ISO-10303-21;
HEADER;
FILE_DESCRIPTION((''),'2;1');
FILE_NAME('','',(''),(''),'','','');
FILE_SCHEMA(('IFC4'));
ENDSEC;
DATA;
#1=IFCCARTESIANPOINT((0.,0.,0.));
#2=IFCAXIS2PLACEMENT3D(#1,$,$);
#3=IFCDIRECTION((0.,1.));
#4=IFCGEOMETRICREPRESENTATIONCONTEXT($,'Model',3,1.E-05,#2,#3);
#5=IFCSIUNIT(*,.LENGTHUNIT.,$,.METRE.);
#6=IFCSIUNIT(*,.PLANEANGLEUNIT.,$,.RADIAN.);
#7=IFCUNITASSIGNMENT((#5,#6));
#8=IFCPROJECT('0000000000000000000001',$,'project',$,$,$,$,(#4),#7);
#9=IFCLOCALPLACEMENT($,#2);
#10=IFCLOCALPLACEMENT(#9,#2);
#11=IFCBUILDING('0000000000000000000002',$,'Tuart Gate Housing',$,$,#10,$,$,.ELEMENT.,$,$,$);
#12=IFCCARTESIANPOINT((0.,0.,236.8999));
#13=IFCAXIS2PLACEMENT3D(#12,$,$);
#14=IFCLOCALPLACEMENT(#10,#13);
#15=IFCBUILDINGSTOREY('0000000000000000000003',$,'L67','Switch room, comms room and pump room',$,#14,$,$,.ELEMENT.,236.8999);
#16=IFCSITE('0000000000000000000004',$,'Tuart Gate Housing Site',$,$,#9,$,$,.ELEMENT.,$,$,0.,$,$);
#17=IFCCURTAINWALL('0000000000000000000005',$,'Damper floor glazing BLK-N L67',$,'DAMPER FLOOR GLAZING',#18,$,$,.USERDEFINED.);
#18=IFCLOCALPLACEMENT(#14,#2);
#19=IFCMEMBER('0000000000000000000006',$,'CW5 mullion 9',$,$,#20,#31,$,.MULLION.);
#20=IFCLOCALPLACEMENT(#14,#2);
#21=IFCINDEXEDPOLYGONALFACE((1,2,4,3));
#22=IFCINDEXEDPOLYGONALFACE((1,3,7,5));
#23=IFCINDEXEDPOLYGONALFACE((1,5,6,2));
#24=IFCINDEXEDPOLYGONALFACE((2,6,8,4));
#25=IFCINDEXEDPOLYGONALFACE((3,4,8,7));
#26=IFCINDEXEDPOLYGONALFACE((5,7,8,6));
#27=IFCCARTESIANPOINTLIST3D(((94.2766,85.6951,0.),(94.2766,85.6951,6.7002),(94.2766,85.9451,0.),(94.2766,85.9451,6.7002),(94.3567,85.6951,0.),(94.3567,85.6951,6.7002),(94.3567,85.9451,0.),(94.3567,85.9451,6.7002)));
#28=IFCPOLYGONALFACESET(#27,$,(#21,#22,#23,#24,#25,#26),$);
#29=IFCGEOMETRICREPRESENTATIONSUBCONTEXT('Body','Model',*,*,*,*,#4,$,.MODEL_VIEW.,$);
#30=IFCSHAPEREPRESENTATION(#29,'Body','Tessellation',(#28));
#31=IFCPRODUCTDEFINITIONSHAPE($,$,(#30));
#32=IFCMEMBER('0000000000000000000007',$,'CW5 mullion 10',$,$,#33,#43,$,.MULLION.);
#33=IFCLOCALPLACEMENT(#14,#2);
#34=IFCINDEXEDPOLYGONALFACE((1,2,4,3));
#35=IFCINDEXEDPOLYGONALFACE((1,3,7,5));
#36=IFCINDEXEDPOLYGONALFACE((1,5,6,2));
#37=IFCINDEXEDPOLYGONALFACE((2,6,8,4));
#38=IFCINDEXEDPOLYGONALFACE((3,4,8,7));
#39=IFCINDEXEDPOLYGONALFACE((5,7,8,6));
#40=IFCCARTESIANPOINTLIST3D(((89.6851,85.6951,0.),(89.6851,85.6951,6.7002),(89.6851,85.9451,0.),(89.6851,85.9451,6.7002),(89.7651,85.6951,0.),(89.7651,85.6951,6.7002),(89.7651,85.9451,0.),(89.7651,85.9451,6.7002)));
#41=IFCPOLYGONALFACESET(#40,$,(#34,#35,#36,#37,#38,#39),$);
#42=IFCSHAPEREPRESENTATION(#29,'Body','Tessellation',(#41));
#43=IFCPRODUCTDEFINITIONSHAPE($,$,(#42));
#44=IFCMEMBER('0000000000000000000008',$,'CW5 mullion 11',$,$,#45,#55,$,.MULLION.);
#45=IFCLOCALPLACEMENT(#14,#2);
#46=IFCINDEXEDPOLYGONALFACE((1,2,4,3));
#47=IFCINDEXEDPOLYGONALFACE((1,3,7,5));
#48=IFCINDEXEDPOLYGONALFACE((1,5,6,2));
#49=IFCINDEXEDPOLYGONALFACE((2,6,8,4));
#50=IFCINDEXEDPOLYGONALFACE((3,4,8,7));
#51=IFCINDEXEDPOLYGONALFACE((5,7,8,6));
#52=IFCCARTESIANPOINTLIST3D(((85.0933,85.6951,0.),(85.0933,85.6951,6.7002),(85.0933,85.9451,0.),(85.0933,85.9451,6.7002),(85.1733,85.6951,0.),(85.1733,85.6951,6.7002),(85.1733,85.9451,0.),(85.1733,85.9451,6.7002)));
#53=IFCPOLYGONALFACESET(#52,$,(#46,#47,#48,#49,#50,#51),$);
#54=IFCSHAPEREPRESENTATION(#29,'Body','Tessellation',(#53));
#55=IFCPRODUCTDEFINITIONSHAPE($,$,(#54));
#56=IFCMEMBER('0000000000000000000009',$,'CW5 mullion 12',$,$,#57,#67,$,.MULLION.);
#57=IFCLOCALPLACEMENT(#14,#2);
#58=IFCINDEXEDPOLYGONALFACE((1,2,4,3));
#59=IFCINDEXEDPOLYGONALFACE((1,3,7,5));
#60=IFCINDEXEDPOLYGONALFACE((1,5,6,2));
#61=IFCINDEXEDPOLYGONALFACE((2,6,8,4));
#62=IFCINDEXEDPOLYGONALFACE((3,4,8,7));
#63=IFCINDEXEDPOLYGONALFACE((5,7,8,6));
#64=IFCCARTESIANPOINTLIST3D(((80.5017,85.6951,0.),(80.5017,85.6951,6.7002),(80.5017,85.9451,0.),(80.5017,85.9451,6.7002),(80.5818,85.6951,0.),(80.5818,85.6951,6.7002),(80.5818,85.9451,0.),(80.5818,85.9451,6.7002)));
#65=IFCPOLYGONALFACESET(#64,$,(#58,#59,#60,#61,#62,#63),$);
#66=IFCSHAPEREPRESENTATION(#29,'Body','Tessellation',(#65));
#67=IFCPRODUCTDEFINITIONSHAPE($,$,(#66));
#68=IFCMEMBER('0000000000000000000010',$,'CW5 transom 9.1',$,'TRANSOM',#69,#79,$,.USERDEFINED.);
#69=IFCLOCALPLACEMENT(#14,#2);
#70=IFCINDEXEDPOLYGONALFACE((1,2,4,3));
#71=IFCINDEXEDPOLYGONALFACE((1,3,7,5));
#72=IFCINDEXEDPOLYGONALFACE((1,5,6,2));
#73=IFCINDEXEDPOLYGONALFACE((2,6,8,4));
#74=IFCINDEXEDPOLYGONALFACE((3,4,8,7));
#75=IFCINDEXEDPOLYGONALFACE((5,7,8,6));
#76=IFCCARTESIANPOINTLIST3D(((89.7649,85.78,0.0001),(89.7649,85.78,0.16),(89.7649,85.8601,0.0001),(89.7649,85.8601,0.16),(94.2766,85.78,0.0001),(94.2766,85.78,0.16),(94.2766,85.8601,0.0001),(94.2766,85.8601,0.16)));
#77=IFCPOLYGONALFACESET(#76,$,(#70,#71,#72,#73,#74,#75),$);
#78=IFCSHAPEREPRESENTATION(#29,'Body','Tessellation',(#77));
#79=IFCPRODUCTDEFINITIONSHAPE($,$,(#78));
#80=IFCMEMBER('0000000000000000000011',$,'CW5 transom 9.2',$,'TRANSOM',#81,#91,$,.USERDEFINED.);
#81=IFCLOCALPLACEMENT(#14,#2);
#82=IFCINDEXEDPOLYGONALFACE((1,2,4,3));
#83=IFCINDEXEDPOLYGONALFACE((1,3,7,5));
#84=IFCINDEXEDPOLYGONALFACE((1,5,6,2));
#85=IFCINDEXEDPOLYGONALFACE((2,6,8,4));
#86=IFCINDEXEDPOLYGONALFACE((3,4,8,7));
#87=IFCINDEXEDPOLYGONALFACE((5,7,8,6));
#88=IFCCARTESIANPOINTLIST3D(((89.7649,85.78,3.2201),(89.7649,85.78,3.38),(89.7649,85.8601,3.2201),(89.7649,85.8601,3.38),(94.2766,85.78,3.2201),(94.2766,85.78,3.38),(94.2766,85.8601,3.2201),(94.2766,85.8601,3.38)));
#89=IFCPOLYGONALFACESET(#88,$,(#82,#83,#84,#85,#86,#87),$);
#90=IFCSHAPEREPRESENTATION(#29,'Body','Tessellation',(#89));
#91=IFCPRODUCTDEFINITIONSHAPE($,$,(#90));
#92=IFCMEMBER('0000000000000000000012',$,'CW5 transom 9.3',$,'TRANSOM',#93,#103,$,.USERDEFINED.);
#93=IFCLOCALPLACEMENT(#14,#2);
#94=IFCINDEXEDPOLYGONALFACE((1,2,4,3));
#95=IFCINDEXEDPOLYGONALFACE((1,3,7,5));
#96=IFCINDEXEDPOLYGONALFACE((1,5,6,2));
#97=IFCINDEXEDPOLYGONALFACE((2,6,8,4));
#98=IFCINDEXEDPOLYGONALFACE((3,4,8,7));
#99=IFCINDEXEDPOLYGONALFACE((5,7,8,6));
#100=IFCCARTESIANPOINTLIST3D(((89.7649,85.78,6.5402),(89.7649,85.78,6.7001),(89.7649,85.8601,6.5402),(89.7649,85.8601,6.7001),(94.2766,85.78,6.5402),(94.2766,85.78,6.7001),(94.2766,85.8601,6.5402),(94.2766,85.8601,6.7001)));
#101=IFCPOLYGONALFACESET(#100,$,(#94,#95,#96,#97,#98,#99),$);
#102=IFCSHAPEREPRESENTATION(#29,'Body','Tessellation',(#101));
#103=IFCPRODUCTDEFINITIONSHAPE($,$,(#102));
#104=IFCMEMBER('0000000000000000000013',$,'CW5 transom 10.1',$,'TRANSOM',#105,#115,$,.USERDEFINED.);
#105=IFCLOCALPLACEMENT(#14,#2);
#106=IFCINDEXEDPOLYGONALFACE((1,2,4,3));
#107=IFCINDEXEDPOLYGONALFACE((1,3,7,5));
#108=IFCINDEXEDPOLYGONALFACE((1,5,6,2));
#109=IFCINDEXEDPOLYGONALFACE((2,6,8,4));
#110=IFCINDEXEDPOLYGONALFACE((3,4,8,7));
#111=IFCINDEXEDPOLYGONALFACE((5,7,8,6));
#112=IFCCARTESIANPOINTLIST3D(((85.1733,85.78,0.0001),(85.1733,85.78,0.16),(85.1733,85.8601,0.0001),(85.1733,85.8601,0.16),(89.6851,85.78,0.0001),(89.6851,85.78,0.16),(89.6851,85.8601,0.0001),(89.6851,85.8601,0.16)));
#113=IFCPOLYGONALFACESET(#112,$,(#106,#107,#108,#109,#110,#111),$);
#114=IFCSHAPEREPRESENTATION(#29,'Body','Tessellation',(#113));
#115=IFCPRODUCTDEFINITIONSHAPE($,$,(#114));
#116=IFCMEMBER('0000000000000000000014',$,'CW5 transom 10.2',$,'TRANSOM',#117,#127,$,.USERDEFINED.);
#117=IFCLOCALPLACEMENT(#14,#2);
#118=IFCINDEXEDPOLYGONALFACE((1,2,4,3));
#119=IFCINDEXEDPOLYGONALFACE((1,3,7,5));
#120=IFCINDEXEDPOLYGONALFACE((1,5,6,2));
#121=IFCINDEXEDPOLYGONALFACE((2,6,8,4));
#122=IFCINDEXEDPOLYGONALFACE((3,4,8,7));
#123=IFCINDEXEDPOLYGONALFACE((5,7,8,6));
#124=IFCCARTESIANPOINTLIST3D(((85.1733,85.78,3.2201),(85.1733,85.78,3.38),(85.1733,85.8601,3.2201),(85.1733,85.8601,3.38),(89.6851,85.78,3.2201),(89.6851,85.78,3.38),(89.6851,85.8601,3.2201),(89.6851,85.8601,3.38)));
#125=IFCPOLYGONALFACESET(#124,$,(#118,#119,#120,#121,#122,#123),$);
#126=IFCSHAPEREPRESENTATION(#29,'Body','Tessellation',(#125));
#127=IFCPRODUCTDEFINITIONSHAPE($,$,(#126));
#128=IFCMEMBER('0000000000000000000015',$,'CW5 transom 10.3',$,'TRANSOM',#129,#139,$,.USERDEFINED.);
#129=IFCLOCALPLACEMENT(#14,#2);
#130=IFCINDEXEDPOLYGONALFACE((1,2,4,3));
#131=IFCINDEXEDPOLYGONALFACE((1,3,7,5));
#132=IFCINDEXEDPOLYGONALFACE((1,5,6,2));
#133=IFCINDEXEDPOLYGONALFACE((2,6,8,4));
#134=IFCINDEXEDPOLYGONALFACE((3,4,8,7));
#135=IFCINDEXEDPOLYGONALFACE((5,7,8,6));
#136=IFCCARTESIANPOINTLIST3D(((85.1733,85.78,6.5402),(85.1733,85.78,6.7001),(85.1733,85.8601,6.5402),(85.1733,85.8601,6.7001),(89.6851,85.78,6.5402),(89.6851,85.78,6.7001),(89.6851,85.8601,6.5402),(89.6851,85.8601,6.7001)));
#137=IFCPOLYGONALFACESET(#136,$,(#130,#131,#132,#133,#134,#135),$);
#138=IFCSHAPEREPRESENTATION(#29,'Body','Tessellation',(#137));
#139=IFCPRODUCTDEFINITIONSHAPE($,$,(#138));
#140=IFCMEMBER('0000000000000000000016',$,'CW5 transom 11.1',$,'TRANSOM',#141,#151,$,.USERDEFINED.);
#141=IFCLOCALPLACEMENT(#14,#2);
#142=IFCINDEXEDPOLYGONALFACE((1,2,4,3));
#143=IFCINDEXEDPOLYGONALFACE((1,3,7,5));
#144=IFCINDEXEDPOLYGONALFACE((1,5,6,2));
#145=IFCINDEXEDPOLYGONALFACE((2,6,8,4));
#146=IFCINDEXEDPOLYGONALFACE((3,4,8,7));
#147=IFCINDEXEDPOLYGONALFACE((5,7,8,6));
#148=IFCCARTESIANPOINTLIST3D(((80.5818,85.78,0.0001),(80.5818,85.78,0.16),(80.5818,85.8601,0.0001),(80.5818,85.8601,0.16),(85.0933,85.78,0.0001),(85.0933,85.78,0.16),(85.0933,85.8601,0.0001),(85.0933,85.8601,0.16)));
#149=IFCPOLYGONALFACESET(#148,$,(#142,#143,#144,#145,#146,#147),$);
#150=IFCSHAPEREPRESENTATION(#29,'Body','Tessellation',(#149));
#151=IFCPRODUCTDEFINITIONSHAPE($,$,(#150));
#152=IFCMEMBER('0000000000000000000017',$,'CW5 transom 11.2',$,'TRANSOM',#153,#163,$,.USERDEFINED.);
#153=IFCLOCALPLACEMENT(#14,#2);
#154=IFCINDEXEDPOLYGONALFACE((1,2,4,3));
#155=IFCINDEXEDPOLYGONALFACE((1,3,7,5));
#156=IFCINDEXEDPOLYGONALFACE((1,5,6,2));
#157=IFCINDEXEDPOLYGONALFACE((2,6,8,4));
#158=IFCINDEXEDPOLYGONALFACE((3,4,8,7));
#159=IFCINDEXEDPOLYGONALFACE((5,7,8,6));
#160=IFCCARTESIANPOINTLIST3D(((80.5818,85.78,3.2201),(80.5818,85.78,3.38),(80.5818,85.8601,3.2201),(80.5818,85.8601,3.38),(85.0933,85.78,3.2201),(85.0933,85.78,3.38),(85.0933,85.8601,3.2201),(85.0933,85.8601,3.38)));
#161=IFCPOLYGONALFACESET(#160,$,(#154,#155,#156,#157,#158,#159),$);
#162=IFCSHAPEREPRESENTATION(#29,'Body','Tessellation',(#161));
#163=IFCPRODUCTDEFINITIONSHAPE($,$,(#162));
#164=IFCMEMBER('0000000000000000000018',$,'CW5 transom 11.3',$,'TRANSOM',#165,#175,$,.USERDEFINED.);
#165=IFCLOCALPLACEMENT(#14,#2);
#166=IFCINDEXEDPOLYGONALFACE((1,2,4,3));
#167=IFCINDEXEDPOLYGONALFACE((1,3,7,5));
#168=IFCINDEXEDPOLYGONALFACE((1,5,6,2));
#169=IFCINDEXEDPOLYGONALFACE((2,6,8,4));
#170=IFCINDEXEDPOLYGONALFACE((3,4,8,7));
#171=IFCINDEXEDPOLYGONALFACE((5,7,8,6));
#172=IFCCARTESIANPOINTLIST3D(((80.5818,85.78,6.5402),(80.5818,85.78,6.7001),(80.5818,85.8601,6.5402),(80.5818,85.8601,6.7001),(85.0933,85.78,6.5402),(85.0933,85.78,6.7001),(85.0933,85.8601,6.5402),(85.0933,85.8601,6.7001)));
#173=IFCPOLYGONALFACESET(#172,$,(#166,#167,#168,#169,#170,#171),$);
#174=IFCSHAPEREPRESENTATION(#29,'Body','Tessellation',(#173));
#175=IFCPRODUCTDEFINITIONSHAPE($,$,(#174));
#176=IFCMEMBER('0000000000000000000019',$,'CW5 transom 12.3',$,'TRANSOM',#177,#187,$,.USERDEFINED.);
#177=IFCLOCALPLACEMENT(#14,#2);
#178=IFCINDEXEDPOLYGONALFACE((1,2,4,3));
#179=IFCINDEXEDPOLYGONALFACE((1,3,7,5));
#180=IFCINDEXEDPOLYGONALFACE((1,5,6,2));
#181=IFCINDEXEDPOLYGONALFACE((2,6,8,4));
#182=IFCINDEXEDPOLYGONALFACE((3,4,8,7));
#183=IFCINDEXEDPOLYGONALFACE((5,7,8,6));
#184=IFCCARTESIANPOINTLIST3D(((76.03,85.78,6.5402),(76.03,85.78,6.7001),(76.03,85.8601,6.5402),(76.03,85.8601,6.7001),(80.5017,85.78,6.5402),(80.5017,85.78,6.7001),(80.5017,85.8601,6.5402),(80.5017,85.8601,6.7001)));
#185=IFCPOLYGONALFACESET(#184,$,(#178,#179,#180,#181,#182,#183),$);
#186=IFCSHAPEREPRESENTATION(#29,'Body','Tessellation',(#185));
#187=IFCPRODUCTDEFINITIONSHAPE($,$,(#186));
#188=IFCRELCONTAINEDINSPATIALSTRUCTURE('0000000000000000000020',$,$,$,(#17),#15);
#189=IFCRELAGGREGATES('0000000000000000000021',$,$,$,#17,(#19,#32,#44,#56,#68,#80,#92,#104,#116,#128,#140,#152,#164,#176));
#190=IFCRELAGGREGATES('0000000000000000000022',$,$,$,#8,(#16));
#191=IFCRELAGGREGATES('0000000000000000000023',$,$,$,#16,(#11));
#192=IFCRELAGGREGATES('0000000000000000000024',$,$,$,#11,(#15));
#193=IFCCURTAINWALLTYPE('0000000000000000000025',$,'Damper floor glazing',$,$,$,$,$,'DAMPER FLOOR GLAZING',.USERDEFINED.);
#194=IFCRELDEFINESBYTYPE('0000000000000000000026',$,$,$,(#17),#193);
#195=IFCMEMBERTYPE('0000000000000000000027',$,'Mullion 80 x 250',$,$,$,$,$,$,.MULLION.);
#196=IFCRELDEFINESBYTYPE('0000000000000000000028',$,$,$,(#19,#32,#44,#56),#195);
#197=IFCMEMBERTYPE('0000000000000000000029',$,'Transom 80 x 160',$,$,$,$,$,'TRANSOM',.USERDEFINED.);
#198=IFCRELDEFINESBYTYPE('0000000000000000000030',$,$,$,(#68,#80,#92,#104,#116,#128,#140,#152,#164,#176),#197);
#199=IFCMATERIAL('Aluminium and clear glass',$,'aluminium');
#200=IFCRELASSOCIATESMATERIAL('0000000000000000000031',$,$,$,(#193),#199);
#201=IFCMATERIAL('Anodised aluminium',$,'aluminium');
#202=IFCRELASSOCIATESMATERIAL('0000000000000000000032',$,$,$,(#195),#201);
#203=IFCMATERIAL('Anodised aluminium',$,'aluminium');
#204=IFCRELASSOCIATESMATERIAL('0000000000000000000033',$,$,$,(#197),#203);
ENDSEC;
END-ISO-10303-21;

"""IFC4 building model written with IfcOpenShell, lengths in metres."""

from ifc_helpers import new_model, si_unit, direction, frame, origin, origin_2d, place, context, subcontext, project, spatial, rectangle, extrude, material, material_profile, profile_set, type_object, element, aggregate, save


model = new_model("IFC4")

# Units and contexts
model_context = context("Model", 3, precision=1e-05, world=origin(), true_north=direction((0.0, 1.0)))
body_context = subcontext(model_context, "Body", "Model", "MODEL_VIEW")
ifc_project = project(units=[si_unit("LENGTHUNIT", "METRE"), si_unit("PLANEANGLEUNIT", "RADIAN")], contexts=[model_context])

# Site, building, storey
site_placement = place(None, origin())
site = spatial("IfcSite", under=ifc_project, at=site_placement, Name="Tuart Gate Housing Site", CompositionType="ELEMENT", RefElevation=0.0)
building_placement = place(site_placement, origin())
building = spatial("IfcBuilding", under=site, at=building_placement, Name="Tuart Gate Housing", CompositionType="ELEMENT")
storey_placement = place(building_placement, frame((0.0, 0.0, 236.8999)))
storey = spatial("IfcBuildingStorey", under=building, at=storey_placement, Name="L67", Description="Switch room, comms room and pump room", CompositionType="ELEMENT", Elevation=236.8999)

# Curtain wall, members
ifc_material_1 = material(Name="Aluminium and clear glass", Category="aluminium")
curtain_wall_type = type_object("IfcCurtainWallType", Name="Damper floor glazing", ElementType="DAMPER FLOOR GLAZING", PredefinedType="USERDEFINED", material=ifc_material_1)
curtain_wall_placement = place(storey_placement, origin())
curtain_wall = element("IfcCurtainWall", 1, at=curtain_wall_placement, inside=storey, type_object=curtain_wall_type, Name="Damper floor glazing BLK-N L67", ObjectType="DAMPER FLOOR GLAZING", PredefinedType="USERDEFINED")
ifc_material_2 = material(Name="Anodised aluminium", Category="aluminium")
ifc_material_profile_1 = material_profile(ifc_material_2, rectangle(XDim=0.0801, YDim=0.25, at=origin_2d()), Name="80x250")
ifc_profile_set_1 = profile_set([ifc_material_profile_1], Name="Anodised aluminium")
member_type_1 = type_object("IfcMemberType", Name="Mullion 80 x 250", PredefinedType="MULLION", material=ifc_profile_set_1)
member_1_placement = place(storey_placement, frame((94.3167, 85.8201, 0.0), z_axis=(0.0, 0.0, 1.0), x_axis=(-1.0, 0.0, 0.0)))
member_1 = element("IfcMember", 2, at=member_1_placement, type_object=member_type_1, Name="CW5 mullion 9", PredefinedType="MULLION", context=body_context, shape_type="SweptSolid", body=[
    extrude(rectangle(XDim=0.0801, YDim=0.25, at=origin_2d()), origin(), (0.0, 0.0, 1.0), 6.7002),
])
member_2_placement = place(storey_placement, frame((89.7251, 85.8201, 0.0), z_axis=(0.0, 0.0, 1.0), x_axis=(-1.0, 0.0, 0.0)))
member_2 = element("IfcMember", 3, at=member_2_placement, type_object=member_type_1, Name="CW5 mullion 10", PredefinedType="MULLION", context=body_context, shape_type="SweptSolid", body=[
    extrude(rectangle(XDim=0.0801, YDim=0.25, at=origin_2d()), origin(), (0.0, 0.0, 1.0), 6.7002),
])
member_3_placement = place(storey_placement, frame((85.1333, 85.8201, 0.0), z_axis=(0.0, 0.0, 1.0), x_axis=(-1.0, 0.0, 0.0)))
member_3 = element("IfcMember", 4, at=member_3_placement, type_object=member_type_1, Name="CW5 mullion 11", PredefinedType="MULLION", context=body_context, shape_type="SweptSolid", body=[
    extrude(rectangle(XDim=0.0801, YDim=0.25, at=origin_2d()), origin(), (0.0, 0.0, 1.0), 6.7002),
])
member_4_placement = place(storey_placement, frame((80.5417, 85.8201, 0.0), z_axis=(0.0, 0.0, 1.0), x_axis=(-1.0, 0.0, 0.0)))
member_4 = element("IfcMember", 5, at=member_4_placement, type_object=member_type_1, Name="CW5 mullion 12", PredefinedType="MULLION", context=body_context, shape_type="SweptSolid", body=[
    extrude(rectangle(XDim=0.0801, YDim=0.25, at=origin_2d()), origin(), (0.0, 0.0, 1.0), 6.7002),
])
ifc_material_3 = material(Name="Anodised aluminium", Category="aluminium")
ifc_material_profile_2 = material_profile(ifc_material_3, rectangle(XDim=0.0801, YDim=0.1599, at=origin_2d()), Name="80x160")
ifc_profile_set_2 = profile_set([ifc_material_profile_2], Name="Anodised aluminium")
member_type_2 = type_object("IfcMemberType", Name="Transom 80 x 160", ElementType="TRANSOM", PredefinedType="USERDEFINED", material=ifc_profile_set_2)
member_5_placement = place(storey_placement, frame((94.2766, 85.8201, 0.0801), z_axis=(-1.0, 0.0, 0.0), x_axis=(0.0, -1.0, 0.0)))
member_5 = element("IfcMember", 6, at=member_5_placement, type_object=member_type_2, Name="CW5 transom 9.1", ObjectType="TRANSOM", PredefinedType="USERDEFINED", context=body_context, shape_type="SweptSolid", body=[
    extrude(rectangle(XDim=0.0801, YDim=0.1599, at=origin_2d()), origin(), (0.0, 0.0, 1.0), 4.5117),
])
member_6_placement = place(storey_placement, frame((94.2766, 85.8201, 3.3), z_axis=(-1.0, 0.0, 0.0), x_axis=(0.0, -1.0, 0.0)))
member_6 = element("IfcMember", 7, at=member_6_placement, type_object=member_type_2, Name="CW5 transom 9.2", ObjectType="TRANSOM", PredefinedType="USERDEFINED", context=body_context, shape_type="SweptSolid", body=[
    extrude(rectangle(XDim=0.0801, YDim=0.1599, at=origin_2d()), origin(), (0.0, 0.0, 1.0), 4.5117),
])
member_7_placement = place(storey_placement, frame((94.2766, 85.8201, 6.6201), z_axis=(-1.0, 0.0, 0.0), x_axis=(0.0, -1.0, 0.0)))
member_7 = element("IfcMember", 8, at=member_7_placement, type_object=member_type_2, Name="CW5 transom 9.3", ObjectType="TRANSOM", PredefinedType="USERDEFINED", context=body_context, shape_type="SweptSolid", body=[
    extrude(rectangle(XDim=0.0801, YDim=0.1599, at=origin_2d()), origin(), (0.0, 0.0, 1.0), 4.5117),
])
member_8_placement = place(storey_placement, frame((89.6851, 85.8201, 0.0801), z_axis=(-1.0, 0.0, 0.0), x_axis=(0.0, -1.0, 0.0)))
member_8 = element("IfcMember", 9, at=member_8_placement, type_object=member_type_2, Name="CW5 transom 10.1", ObjectType="TRANSOM", PredefinedType="USERDEFINED", context=body_context, shape_type="SweptSolid", body=[
    extrude(rectangle(XDim=0.0801, YDim=0.1599, at=origin_2d()), origin(), (0.0, 0.0, 1.0), 4.5117),
])
member_9_placement = place(storey_placement, frame((89.6851, 85.8201, 3.3), z_axis=(-1.0, 0.0, 0.0), x_axis=(0.0, -1.0, 0.0)))
member_9 = element("IfcMember", 10, at=member_9_placement, type_object=member_type_2, Name="CW5 transom 10.2", ObjectType="TRANSOM", PredefinedType="USERDEFINED", context=body_context, shape_type="SweptSolid", body=[
    extrude(rectangle(XDim=0.0801, YDim=0.1599, at=origin_2d()), origin(), (0.0, 0.0, 1.0), 4.5117),
])
member_10_placement = place(storey_placement, frame((89.6851, 85.8201, 6.6201), z_axis=(-1.0, 0.0, 0.0), x_axis=(0.0, -1.0, 0.0)))
member_10 = element("IfcMember", 11, at=member_10_placement, type_object=member_type_2, Name="CW5 transom 10.3", ObjectType="TRANSOM", PredefinedType="USERDEFINED", context=body_context, shape_type="SweptSolid", body=[
    extrude(rectangle(XDim=0.0801, YDim=0.1599, at=origin_2d()), origin(), (0.0, 0.0, 1.0), 4.5117),
])
member_11_placement = place(storey_placement, frame((85.0933, 85.8201, 0.0801), z_axis=(-1.0, 0.0, 0.0), x_axis=(0.0, -1.0, 0.0)))
member_11 = element("IfcMember", 12, at=member_11_placement, type_object=member_type_2, Name="CW5 transom 11.1", ObjectType="TRANSOM", PredefinedType="USERDEFINED", context=body_context, shape_type="SweptSolid", body=[
    extrude(rectangle(XDim=0.0801, YDim=0.1599, at=origin_2d()), origin(), (0.0, 0.0, 1.0), 4.5115),
])
member_12_placement = place(storey_placement, frame((85.0933, 85.8201, 3.3), z_axis=(-1.0, 0.0, 0.0), x_axis=(0.0, -1.0, 0.0)))
member_12 = element("IfcMember", 13, at=member_12_placement, type_object=member_type_2, Name="CW5 transom 11.2", ObjectType="TRANSOM", PredefinedType="USERDEFINED", context=body_context, shape_type="SweptSolid", body=[
    extrude(rectangle(XDim=0.0801, YDim=0.1599, at=origin_2d()), origin(), (0.0, 0.0, 1.0), 4.5115),
])
member_13_placement = place(storey_placement, frame((85.0933, 85.8201, 6.6201), z_axis=(-1.0, 0.0, 0.0), x_axis=(0.0, -1.0, 0.0)))
member_13 = element("IfcMember", 14, at=member_13_placement, type_object=member_type_2, Name="CW5 transom 11.3", ObjectType="TRANSOM", PredefinedType="USERDEFINED", context=body_context, shape_type="SweptSolid", body=[
    extrude(rectangle(XDim=0.0801, YDim=0.1599, at=origin_2d()), origin(), (0.0, 0.0, 1.0), 4.5115),
])
member_14_placement = place(storey_placement, frame((80.5017, 85.8201, 6.6201), z_axis=(-1.0, 0.0, 0.0), x_axis=(0.0, -1.0, 0.0)))
member_14 = element("IfcMember", 15, at=member_14_placement, type_object=member_type_2, Name="CW5 transom 12.3", ObjectType="TRANSOM", PredefinedType="USERDEFINED", context=body_context, shape_type="SweptSolid", body=[
    extrude(rectangle(XDim=0.0801, YDim=0.1599, at=origin_2d()), origin(), (0.0, 0.0, 1.0), 4.4717),
])
aggregate(curtain_wall, [member_1, member_2, member_3, member_4, member_5, member_6, member_7, member_8, member_9, member_10, member_11, member_12, member_13, member_14])

save(model, "model.ifc")
